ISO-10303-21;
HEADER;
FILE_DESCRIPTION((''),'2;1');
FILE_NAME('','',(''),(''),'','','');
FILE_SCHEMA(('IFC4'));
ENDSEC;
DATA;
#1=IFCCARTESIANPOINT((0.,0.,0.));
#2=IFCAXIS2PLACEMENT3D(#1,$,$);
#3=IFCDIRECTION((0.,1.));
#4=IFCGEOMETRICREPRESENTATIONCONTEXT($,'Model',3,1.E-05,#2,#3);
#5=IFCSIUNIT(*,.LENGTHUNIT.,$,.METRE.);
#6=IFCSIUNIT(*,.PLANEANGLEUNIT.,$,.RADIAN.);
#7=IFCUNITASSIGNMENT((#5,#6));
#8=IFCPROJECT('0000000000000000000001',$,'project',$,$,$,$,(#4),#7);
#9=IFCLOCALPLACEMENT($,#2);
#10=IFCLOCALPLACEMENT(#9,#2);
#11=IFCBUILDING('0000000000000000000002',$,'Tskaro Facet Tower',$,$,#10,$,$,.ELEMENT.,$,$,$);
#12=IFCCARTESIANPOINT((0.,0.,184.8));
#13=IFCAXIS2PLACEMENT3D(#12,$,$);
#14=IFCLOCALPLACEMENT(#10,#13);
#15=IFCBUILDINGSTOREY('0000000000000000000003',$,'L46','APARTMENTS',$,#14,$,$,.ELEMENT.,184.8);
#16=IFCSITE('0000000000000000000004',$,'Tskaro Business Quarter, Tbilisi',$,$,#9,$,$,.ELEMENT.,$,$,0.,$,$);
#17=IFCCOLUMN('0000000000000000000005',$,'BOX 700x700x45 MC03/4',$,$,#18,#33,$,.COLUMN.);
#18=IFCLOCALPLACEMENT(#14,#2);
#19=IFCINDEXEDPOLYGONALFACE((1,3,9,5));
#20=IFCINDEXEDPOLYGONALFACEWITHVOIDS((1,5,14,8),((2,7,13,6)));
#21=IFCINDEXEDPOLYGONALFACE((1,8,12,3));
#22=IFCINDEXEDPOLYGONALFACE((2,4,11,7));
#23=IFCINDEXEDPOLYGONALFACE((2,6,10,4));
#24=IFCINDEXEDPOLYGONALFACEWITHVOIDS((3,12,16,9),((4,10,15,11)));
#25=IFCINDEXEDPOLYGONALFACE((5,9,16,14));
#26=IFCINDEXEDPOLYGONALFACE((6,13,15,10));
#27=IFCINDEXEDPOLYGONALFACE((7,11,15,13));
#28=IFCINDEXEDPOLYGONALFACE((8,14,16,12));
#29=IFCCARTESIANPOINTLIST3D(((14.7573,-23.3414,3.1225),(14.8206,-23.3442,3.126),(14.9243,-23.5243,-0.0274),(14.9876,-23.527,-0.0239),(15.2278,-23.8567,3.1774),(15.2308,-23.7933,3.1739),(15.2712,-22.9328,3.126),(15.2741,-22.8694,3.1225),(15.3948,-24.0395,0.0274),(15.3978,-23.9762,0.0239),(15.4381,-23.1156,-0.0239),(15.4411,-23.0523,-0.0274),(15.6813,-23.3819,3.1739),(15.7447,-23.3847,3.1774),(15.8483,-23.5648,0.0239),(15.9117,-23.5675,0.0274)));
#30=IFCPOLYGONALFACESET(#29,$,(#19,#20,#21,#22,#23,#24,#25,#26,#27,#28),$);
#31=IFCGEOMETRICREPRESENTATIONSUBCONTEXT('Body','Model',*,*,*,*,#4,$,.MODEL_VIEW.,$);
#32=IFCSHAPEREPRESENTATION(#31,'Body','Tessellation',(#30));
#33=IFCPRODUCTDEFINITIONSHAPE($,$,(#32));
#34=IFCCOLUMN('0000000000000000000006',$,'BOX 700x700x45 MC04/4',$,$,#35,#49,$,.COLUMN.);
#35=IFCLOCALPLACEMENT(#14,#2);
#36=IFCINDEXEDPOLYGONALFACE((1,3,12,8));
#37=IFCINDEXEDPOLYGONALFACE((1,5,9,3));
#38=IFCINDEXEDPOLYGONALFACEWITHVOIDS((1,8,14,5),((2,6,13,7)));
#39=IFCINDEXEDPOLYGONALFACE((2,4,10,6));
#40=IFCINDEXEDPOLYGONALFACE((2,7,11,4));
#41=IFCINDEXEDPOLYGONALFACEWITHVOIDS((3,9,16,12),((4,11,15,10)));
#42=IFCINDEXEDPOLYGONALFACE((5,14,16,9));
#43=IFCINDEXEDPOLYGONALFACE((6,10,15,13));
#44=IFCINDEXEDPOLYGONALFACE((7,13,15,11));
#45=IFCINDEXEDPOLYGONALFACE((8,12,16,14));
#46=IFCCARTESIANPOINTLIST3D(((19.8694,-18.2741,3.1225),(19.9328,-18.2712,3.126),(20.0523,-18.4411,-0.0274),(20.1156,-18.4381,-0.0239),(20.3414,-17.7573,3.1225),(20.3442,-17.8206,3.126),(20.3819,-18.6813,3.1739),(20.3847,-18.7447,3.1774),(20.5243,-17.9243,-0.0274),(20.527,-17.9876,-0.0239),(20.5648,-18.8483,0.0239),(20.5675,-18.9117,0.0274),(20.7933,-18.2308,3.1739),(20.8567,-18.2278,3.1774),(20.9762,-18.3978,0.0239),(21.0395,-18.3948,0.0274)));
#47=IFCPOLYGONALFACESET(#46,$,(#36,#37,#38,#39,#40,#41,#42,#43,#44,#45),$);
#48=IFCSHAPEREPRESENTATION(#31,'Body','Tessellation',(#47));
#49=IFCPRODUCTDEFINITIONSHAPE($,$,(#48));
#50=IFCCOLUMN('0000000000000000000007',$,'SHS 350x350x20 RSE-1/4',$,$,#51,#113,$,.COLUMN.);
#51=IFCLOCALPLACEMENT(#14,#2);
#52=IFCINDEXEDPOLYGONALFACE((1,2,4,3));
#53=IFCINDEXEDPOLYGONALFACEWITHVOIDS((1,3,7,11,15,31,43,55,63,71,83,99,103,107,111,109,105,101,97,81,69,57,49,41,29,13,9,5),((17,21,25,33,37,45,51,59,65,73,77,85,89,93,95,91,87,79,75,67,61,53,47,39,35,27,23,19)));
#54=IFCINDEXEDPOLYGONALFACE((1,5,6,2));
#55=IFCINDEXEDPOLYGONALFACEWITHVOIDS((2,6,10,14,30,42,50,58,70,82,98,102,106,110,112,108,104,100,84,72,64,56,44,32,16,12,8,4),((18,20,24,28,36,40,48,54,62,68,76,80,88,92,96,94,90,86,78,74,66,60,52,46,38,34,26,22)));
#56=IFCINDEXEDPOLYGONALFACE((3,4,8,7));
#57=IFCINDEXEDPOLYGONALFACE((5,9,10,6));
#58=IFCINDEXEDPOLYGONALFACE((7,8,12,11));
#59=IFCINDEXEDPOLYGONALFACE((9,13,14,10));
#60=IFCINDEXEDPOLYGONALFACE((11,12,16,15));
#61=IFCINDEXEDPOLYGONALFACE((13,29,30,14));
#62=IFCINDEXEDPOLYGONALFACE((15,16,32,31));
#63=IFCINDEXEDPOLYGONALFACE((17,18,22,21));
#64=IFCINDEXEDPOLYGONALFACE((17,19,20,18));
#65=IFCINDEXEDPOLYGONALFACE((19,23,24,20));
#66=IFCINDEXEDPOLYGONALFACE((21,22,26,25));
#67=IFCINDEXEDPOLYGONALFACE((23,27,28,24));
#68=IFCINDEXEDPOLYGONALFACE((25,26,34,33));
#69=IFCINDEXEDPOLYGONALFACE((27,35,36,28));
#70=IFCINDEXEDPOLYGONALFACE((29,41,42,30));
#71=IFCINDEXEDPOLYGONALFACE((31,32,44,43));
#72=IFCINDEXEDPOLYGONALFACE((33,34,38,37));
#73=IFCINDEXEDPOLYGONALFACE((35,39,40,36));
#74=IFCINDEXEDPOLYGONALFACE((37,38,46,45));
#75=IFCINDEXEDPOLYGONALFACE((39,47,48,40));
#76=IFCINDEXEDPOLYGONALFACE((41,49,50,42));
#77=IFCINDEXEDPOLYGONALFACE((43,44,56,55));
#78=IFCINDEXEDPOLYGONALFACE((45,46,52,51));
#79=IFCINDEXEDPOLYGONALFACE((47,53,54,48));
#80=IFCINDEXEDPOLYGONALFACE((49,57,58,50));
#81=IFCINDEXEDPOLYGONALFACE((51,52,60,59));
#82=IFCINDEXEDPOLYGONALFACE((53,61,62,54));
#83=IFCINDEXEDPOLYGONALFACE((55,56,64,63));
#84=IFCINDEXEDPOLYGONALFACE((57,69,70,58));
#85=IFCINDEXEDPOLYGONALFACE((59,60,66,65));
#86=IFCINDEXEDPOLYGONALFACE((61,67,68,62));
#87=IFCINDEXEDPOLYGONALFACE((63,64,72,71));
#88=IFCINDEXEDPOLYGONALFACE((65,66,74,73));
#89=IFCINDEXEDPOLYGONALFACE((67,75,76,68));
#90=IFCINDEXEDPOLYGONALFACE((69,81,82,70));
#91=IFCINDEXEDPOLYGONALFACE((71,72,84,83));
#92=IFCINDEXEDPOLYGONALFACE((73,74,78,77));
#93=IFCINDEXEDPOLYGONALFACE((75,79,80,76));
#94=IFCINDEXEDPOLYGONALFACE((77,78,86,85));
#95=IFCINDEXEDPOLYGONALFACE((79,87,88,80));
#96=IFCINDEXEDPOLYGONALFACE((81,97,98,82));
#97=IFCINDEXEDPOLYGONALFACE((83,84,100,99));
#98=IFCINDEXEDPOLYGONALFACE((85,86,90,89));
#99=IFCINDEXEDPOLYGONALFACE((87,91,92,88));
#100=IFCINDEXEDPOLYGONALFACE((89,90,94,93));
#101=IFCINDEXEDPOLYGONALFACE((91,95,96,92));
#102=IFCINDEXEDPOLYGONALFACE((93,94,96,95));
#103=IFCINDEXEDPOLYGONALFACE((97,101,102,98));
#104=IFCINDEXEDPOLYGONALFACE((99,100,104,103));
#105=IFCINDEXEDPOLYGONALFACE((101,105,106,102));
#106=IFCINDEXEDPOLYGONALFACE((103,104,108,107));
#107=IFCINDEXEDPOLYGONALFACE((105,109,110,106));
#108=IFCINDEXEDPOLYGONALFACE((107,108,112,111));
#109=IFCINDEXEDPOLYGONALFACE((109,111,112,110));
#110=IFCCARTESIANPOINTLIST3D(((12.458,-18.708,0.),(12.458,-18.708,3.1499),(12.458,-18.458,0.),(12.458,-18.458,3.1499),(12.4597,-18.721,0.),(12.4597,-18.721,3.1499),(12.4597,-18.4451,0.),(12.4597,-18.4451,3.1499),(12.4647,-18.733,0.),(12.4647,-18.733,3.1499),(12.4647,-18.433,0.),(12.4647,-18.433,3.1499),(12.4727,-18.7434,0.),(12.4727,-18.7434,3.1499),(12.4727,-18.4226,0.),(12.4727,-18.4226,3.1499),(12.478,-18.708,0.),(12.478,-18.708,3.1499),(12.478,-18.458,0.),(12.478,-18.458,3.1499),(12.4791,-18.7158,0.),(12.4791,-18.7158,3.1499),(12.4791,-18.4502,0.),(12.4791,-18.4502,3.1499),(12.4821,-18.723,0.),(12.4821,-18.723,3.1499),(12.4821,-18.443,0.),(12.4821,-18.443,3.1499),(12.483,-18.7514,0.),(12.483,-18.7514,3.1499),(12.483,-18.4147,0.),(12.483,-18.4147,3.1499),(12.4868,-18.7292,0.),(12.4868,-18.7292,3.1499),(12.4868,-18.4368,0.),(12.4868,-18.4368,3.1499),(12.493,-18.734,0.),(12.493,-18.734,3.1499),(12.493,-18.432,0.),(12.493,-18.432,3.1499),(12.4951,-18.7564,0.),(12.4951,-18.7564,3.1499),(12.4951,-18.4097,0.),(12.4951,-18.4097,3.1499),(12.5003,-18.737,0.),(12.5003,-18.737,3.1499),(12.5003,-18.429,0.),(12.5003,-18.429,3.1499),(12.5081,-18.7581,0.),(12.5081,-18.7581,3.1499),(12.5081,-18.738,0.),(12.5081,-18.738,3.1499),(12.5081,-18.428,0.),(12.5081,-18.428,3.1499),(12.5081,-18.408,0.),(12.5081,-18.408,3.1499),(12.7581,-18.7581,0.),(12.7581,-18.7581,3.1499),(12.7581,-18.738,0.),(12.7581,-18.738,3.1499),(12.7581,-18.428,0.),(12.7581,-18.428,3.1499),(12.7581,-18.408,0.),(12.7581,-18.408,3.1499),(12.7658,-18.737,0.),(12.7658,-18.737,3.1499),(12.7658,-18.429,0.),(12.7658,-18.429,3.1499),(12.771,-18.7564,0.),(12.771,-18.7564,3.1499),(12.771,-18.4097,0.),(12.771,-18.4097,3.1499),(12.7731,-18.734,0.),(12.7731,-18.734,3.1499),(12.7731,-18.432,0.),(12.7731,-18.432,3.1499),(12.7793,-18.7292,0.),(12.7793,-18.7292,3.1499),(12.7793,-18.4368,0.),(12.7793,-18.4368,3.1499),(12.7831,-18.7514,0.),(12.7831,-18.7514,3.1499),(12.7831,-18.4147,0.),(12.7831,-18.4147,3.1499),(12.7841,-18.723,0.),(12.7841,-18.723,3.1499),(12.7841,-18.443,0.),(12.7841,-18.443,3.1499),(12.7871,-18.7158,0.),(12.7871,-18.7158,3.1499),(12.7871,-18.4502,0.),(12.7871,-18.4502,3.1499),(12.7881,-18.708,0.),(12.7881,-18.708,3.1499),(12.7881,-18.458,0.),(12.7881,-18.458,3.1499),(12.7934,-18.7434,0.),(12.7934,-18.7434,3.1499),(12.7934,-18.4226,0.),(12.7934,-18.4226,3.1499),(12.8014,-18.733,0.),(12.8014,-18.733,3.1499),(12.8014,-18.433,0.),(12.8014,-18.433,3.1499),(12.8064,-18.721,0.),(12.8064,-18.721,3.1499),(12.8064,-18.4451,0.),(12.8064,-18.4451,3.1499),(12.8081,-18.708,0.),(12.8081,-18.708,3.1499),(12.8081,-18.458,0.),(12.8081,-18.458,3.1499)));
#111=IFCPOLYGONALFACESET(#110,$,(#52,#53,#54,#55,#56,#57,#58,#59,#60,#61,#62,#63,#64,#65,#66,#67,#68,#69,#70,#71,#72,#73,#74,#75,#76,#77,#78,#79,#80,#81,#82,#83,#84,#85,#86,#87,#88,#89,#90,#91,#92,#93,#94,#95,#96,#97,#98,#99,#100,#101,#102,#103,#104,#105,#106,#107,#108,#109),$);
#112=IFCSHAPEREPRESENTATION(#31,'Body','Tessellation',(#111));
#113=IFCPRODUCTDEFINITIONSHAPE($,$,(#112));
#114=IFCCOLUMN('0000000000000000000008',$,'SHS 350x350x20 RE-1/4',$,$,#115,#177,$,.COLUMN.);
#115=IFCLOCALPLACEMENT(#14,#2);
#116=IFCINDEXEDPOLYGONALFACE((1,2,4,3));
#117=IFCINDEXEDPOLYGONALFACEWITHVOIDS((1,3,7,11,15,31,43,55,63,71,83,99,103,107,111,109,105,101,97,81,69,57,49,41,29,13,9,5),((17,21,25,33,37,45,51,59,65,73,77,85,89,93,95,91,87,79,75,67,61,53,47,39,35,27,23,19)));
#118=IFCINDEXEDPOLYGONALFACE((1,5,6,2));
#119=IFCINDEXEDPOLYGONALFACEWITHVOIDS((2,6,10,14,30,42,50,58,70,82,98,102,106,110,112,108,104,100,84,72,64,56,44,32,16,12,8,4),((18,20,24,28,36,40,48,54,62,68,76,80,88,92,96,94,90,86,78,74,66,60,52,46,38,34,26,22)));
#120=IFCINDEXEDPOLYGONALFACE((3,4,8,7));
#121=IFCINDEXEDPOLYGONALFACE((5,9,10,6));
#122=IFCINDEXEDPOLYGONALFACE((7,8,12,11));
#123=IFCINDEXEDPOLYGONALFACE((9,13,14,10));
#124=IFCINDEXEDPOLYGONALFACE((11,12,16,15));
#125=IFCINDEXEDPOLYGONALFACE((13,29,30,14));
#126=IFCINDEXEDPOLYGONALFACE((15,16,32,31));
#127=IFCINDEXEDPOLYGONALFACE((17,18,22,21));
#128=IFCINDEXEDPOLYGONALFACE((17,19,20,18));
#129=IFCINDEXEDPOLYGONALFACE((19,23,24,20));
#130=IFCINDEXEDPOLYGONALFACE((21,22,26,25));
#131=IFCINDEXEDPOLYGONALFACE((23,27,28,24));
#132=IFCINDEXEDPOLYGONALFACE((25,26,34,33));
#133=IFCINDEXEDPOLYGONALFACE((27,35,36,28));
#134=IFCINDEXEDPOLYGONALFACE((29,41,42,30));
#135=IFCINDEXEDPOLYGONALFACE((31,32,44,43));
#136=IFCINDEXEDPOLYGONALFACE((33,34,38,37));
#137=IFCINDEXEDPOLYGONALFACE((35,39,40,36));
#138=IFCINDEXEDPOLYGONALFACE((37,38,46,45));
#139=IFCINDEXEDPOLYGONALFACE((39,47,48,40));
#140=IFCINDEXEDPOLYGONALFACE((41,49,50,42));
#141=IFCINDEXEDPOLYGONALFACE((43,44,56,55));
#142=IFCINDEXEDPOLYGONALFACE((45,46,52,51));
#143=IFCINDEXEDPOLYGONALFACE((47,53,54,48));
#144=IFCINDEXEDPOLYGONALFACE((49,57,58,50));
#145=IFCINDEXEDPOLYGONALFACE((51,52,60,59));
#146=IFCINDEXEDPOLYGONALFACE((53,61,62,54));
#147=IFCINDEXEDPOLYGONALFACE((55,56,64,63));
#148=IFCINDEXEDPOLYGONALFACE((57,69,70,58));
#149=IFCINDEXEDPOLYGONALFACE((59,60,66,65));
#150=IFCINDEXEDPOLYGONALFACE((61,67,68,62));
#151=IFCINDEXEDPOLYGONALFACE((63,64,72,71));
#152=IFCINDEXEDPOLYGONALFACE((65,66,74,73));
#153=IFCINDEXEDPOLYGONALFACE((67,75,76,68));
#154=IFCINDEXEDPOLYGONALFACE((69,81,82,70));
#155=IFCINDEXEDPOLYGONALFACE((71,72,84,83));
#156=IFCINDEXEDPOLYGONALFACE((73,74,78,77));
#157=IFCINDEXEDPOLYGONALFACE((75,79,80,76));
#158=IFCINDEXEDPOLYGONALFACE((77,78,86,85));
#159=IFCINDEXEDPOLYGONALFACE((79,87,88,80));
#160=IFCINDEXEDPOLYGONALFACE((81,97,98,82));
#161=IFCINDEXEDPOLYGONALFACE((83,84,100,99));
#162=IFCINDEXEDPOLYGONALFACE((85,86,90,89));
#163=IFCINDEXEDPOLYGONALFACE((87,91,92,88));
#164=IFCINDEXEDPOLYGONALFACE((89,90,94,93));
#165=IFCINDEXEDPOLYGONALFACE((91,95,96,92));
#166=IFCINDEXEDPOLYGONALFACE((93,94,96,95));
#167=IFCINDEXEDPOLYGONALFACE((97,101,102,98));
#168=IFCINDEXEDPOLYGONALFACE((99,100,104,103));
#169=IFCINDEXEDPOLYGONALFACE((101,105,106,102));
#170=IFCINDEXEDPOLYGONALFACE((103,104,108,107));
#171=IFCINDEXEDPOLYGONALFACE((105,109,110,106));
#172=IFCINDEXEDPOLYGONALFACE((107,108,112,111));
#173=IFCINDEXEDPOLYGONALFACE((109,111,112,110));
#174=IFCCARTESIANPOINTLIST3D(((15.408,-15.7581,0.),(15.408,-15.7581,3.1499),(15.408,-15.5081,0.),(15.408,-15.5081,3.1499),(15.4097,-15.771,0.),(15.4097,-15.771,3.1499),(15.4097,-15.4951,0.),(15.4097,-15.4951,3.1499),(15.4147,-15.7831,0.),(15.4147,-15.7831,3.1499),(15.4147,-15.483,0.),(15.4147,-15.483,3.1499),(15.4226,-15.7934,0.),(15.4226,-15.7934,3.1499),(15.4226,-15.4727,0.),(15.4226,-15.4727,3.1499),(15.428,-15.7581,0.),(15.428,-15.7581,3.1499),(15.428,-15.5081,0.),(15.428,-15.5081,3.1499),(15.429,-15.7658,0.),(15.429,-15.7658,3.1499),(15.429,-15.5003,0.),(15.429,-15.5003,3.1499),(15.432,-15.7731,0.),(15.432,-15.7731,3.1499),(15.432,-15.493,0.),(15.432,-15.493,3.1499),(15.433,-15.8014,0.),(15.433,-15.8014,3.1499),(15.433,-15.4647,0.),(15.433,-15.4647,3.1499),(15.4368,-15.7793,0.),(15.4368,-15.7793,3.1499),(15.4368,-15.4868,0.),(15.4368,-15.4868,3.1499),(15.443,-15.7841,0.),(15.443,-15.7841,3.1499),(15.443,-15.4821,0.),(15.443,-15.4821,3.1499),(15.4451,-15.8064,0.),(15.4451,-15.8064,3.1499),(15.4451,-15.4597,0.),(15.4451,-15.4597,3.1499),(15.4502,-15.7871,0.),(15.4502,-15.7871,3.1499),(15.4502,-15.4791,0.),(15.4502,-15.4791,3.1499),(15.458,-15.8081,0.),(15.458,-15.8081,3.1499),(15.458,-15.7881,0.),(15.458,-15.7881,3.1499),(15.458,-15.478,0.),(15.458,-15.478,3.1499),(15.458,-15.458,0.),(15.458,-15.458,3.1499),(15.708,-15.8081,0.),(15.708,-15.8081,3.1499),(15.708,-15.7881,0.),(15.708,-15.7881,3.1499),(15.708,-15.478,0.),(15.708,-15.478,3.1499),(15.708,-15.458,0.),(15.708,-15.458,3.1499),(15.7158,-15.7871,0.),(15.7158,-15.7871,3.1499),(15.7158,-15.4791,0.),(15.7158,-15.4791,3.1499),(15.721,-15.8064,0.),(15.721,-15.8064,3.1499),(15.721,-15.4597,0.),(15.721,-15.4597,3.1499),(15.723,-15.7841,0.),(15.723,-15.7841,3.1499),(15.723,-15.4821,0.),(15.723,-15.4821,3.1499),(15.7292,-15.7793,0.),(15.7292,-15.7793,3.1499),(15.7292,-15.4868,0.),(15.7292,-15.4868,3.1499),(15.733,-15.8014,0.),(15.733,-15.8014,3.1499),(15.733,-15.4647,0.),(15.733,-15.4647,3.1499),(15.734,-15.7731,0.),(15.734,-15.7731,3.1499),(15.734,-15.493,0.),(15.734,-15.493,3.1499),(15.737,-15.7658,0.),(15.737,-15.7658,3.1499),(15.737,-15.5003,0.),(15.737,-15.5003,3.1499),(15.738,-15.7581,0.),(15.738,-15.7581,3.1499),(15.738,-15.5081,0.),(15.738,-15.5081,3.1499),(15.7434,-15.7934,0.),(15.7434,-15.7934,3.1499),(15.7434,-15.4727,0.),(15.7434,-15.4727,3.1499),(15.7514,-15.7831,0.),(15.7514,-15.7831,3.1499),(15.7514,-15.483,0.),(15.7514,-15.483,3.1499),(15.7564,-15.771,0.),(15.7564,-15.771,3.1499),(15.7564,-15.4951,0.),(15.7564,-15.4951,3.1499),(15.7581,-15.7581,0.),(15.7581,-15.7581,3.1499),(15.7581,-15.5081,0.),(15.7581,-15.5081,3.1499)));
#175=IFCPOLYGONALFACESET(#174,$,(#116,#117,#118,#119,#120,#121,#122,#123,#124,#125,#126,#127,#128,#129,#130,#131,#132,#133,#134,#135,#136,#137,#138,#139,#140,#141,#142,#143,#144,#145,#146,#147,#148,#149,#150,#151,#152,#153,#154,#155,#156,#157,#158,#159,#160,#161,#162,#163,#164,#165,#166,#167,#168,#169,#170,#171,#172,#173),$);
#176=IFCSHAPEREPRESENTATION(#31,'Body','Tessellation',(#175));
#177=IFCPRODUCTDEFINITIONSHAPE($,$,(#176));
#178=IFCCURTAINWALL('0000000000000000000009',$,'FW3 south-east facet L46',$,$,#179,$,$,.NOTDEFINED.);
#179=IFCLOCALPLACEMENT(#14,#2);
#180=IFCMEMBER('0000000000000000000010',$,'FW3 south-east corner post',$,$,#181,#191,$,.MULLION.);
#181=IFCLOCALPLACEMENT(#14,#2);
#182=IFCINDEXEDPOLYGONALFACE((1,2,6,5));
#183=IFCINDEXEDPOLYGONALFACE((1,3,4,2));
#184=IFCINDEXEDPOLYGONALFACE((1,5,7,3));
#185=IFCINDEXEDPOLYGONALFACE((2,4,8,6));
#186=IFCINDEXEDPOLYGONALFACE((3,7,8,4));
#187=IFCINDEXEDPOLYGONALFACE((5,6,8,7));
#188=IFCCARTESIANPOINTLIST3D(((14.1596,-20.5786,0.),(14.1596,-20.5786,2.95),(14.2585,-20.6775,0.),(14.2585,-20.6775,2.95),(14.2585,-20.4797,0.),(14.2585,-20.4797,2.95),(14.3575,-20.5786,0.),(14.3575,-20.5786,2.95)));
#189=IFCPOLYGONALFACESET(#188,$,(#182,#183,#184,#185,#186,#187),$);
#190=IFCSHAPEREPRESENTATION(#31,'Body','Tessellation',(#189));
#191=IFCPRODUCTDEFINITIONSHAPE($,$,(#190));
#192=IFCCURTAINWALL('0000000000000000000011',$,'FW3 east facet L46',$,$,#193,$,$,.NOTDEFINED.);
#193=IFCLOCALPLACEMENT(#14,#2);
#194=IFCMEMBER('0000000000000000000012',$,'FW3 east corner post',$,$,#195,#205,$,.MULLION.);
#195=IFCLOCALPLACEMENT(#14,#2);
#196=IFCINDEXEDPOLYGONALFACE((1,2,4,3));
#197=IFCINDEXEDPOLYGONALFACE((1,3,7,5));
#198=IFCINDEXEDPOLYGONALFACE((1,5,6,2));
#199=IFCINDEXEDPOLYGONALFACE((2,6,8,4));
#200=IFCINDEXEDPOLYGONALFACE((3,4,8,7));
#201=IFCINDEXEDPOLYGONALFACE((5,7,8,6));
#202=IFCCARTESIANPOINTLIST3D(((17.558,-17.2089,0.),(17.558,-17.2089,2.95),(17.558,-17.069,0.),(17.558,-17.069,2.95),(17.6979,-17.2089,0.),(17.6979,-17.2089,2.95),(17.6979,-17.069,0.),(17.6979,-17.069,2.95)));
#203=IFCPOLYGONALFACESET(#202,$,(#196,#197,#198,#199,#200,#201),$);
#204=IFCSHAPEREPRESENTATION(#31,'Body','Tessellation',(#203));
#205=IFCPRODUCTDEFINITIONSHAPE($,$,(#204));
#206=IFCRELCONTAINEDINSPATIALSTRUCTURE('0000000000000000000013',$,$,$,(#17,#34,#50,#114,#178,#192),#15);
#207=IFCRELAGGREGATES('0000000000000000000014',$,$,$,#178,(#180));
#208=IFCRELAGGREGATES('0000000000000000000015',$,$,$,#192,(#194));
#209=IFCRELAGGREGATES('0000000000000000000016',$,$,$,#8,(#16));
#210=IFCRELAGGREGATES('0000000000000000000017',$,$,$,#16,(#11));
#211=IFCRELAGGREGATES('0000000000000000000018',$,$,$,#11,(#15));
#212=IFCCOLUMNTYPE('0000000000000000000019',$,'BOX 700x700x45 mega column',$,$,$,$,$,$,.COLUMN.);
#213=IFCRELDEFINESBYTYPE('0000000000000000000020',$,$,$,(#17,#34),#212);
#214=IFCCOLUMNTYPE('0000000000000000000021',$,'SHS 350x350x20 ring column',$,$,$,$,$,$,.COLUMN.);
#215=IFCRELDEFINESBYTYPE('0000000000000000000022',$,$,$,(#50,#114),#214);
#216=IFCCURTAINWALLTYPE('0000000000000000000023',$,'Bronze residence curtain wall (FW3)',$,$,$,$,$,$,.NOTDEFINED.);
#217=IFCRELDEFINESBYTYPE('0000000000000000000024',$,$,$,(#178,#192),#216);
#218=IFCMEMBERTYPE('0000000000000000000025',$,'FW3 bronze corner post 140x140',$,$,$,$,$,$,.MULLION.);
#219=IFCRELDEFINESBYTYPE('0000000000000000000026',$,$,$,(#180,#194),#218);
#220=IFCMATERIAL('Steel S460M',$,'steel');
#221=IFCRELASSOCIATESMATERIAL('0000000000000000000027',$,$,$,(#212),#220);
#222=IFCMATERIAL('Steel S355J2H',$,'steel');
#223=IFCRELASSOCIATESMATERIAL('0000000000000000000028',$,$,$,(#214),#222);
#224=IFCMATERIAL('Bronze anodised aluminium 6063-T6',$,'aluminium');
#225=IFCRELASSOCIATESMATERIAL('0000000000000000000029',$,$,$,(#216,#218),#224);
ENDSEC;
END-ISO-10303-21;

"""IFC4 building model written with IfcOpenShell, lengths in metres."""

from ifc_helpers import new_model, si_unit, direction, frame, origin, origin_2d, place, context, subcontext, project, spatial, rectangle, hollow_rectangle, extrude, material, material_profile, profile_set, type_object, element, aggregate, save


model = new_model("IFC4")

# Units and contexts
model_context = context("Model", 3, precision=1e-05, world=origin(), true_north=direction((0.0, 1.0)))
body_context = subcontext(model_context, "Body", "Model", "MODEL_VIEW")
ifc_project = project(units=[si_unit("LENGTHUNIT", "METRE"), si_unit("PLANEANGLEUNIT", "RADIAN")], contexts=[model_context])

# Site, building, storey
site_placement = place(None, origin())
site = spatial("IfcSite", under=ifc_project, at=site_placement, Name="Tskaro Business Quarter, Tbilisi", CompositionType="ELEMENT", RefElevation=0.0)
building_placement = place(site_placement, origin())
building = spatial("IfcBuilding", under=site, at=building_placement, Name="Tskaro Facet Tower", CompositionType="ELEMENT")
storey_placement = place(building_placement, frame((0.0, 0.0, 184.8)))
storey = spatial("IfcBuildingStorey", under=building, at=storey_placement, Name="L46", Description="APARTMENTS", CompositionType="ELEMENT", Elevation=184.8)

# Columns
ifc_material_1 = material(Name="Steel S460M", Category="steel")
ifc_material_profile_1 = material_profile(ifc_material_1, hollow_rectangle(XDim=0.7, YDim=0.7, WallThickness=0.0449, at=origin_2d()), Name="BOX 700x700x45")
ifc_profile_set_1 = profile_set([ifc_material_profile_1], Name="Steel S460M")
column_type_1 = type_object("IfcColumnType", Name="BOX 700x700x45 mega column", PredefinedType="COLUMN", material=ifc_profile_set_1)
for number, where, z_axis, x_axis, name in (
    (1, (15.418, -23.5459, 0.0), (-0.052852, 0.057874, 0.996924), (-0.738421, -0.674339, 0.0), "BOX 700x700x45 MC03/4"),
    (2, (20.5459, -18.418, 0.0), (-0.057874, 0.052852, 0.996924), (-0.674339, -0.738421, 0.0), "BOX 700x700x45 MC04/4"),
):
    element("IfcColumn", number, at=place(storey_placement, frame(where, z_axis=z_axis, x_axis=x_axis)), inside=storey, type_object=column_type_1, Name=name, PredefinedType="COLUMN", context=body_context, shape_type="SweptSolid", body=[
        extrude(hollow_rectangle(XDim=0.7, YDim=0.7, WallThickness=0.0449, at=origin_2d()), origin(), (0.0, 0.0, 1.0), 3.1597),
    ])
ifc_material_2 = material(Name="Steel S355J2H", Category="steel")
ifc_material_profile_2 = material_profile(ifc_material_2, hollow_rectangle(XDim=0.3501, YDim=0.3501, WallThickness=0.02, InnerFilletRadius=0.03, OuterFilletRadius=0.05, at=origin_2d()), Name="SHS 350x350x20")
ifc_profile_set_2 = profile_set([ifc_material_profile_2], Name="Steel S355J2H")
column_type_2 = type_object("IfcColumnType", Name="SHS 350x350x20 ring column", PredefinedType="COLUMN", material=ifc_profile_set_2)
for number, where, z_axis, x_axis, name in (
    (3, (12.6331, -18.583, 0.0), (0.0, 0.0, 1.0), (1.0, 0.0, 0.0), "SHS 350x350x20 RSE-1/4"),
    (4, (15.583, -15.6331, 0.0), (0.0, 0.0, 1.0), (1.0, 0.0, 0.0), "SHS 350x350x20 RE-1/4"),
):
    element("IfcColumn", number, at=place(storey_placement, frame(where, z_axis=z_axis, x_axis=x_axis)), inside=storey, type_object=column_type_2, Name=name, PredefinedType="COLUMN", context=body_context, shape_type="SweptSolid", body=[
        extrude(hollow_rectangle(XDim=0.3501, YDim=0.3501, WallThickness=0.02, InnerFilletRadius=0.03, OuterFilletRadius=0.05, at=origin_2d()), origin(), (0.0, 0.0, 1.0), 3.1499),
    ])

# Curtain walls, members
ifc_material_3 = material(Name="Bronze anodised aluminium 6063-T6", Category="aluminium")
curtain_wall_type = type_object("IfcCurtainWallType", Name="Bronze residence curtain wall (FW3)", PredefinedType="NOTDEFINED", material=ifc_material_3)
curtain_wall_1_placement = place(storey_placement, origin())
curtain_wall_1 = element("IfcCurtainWall", 5, at=curtain_wall_1_placement, inside=storey, type_object=curtain_wall_type, Name="FW3 south-east facet L46", PredefinedType="NOTDEFINED")
ifc_material_profile_3 = material_profile(ifc_material_3, rectangle(XDim=0.1399, YDim=0.1399, at=origin_2d()), Name="Corner post 140x140")
ifc_profile_set_3 = profile_set([ifc_material_profile_3], Name="Bronze anodised aluminium 6063-T6")
member_type_1 = type_object("IfcMemberType", Name="FW3 bronze corner post 140x140", PredefinedType="MULLION", material=ifc_profile_set_3)
member_1_placement = place(storey_placement, frame((14.2585, -20.5786, 0.0), z_axis=(0.0, 0.0, 1.0), x_axis=(0.707107, 0.707107, 0.0)))
member_1 = element("IfcMember", 6, at=member_1_placement, type_object=member_type_1, Name="FW3 south-east corner post", PredefinedType="MULLION", context=body_context, shape_type="SweptSolid", body=[
    extrude(rectangle(XDim=0.1399, YDim=0.1399, at=origin_2d()), origin(), (0.0, 0.0, 1.0), 2.95),
])
curtain_wall_2_placement = place(storey_placement, origin())
curtain_wall_2 = element("IfcCurtainWall", 7, at=curtain_wall_2_placement, inside=storey, type_object=curtain_wall_type, Name="FW3 east facet L46", PredefinedType="NOTDEFINED")
member_2_placement = place(storey_placement, frame((17.6279, -17.1389, 0.0), z_axis=(0.0, 0.0, 1.0), x_axis=(0.0, 1.0, 0.0)))
member_2 = element("IfcMember", 8, at=member_2_placement, type_object=member_type_1, Name="FW3 east corner post", PredefinedType="MULLION", context=body_context, shape_type="SweptSolid", body=[
    extrude(rectangle(XDim=0.1399, YDim=0.1399, at=origin_2d()), origin(), (0.0, 0.0, 1.0), 2.95),
])

aggregate(curtain_wall_1, [member_1])
aggregate(curtain_wall_2, [member_2])

save(model, "model.ifc")
